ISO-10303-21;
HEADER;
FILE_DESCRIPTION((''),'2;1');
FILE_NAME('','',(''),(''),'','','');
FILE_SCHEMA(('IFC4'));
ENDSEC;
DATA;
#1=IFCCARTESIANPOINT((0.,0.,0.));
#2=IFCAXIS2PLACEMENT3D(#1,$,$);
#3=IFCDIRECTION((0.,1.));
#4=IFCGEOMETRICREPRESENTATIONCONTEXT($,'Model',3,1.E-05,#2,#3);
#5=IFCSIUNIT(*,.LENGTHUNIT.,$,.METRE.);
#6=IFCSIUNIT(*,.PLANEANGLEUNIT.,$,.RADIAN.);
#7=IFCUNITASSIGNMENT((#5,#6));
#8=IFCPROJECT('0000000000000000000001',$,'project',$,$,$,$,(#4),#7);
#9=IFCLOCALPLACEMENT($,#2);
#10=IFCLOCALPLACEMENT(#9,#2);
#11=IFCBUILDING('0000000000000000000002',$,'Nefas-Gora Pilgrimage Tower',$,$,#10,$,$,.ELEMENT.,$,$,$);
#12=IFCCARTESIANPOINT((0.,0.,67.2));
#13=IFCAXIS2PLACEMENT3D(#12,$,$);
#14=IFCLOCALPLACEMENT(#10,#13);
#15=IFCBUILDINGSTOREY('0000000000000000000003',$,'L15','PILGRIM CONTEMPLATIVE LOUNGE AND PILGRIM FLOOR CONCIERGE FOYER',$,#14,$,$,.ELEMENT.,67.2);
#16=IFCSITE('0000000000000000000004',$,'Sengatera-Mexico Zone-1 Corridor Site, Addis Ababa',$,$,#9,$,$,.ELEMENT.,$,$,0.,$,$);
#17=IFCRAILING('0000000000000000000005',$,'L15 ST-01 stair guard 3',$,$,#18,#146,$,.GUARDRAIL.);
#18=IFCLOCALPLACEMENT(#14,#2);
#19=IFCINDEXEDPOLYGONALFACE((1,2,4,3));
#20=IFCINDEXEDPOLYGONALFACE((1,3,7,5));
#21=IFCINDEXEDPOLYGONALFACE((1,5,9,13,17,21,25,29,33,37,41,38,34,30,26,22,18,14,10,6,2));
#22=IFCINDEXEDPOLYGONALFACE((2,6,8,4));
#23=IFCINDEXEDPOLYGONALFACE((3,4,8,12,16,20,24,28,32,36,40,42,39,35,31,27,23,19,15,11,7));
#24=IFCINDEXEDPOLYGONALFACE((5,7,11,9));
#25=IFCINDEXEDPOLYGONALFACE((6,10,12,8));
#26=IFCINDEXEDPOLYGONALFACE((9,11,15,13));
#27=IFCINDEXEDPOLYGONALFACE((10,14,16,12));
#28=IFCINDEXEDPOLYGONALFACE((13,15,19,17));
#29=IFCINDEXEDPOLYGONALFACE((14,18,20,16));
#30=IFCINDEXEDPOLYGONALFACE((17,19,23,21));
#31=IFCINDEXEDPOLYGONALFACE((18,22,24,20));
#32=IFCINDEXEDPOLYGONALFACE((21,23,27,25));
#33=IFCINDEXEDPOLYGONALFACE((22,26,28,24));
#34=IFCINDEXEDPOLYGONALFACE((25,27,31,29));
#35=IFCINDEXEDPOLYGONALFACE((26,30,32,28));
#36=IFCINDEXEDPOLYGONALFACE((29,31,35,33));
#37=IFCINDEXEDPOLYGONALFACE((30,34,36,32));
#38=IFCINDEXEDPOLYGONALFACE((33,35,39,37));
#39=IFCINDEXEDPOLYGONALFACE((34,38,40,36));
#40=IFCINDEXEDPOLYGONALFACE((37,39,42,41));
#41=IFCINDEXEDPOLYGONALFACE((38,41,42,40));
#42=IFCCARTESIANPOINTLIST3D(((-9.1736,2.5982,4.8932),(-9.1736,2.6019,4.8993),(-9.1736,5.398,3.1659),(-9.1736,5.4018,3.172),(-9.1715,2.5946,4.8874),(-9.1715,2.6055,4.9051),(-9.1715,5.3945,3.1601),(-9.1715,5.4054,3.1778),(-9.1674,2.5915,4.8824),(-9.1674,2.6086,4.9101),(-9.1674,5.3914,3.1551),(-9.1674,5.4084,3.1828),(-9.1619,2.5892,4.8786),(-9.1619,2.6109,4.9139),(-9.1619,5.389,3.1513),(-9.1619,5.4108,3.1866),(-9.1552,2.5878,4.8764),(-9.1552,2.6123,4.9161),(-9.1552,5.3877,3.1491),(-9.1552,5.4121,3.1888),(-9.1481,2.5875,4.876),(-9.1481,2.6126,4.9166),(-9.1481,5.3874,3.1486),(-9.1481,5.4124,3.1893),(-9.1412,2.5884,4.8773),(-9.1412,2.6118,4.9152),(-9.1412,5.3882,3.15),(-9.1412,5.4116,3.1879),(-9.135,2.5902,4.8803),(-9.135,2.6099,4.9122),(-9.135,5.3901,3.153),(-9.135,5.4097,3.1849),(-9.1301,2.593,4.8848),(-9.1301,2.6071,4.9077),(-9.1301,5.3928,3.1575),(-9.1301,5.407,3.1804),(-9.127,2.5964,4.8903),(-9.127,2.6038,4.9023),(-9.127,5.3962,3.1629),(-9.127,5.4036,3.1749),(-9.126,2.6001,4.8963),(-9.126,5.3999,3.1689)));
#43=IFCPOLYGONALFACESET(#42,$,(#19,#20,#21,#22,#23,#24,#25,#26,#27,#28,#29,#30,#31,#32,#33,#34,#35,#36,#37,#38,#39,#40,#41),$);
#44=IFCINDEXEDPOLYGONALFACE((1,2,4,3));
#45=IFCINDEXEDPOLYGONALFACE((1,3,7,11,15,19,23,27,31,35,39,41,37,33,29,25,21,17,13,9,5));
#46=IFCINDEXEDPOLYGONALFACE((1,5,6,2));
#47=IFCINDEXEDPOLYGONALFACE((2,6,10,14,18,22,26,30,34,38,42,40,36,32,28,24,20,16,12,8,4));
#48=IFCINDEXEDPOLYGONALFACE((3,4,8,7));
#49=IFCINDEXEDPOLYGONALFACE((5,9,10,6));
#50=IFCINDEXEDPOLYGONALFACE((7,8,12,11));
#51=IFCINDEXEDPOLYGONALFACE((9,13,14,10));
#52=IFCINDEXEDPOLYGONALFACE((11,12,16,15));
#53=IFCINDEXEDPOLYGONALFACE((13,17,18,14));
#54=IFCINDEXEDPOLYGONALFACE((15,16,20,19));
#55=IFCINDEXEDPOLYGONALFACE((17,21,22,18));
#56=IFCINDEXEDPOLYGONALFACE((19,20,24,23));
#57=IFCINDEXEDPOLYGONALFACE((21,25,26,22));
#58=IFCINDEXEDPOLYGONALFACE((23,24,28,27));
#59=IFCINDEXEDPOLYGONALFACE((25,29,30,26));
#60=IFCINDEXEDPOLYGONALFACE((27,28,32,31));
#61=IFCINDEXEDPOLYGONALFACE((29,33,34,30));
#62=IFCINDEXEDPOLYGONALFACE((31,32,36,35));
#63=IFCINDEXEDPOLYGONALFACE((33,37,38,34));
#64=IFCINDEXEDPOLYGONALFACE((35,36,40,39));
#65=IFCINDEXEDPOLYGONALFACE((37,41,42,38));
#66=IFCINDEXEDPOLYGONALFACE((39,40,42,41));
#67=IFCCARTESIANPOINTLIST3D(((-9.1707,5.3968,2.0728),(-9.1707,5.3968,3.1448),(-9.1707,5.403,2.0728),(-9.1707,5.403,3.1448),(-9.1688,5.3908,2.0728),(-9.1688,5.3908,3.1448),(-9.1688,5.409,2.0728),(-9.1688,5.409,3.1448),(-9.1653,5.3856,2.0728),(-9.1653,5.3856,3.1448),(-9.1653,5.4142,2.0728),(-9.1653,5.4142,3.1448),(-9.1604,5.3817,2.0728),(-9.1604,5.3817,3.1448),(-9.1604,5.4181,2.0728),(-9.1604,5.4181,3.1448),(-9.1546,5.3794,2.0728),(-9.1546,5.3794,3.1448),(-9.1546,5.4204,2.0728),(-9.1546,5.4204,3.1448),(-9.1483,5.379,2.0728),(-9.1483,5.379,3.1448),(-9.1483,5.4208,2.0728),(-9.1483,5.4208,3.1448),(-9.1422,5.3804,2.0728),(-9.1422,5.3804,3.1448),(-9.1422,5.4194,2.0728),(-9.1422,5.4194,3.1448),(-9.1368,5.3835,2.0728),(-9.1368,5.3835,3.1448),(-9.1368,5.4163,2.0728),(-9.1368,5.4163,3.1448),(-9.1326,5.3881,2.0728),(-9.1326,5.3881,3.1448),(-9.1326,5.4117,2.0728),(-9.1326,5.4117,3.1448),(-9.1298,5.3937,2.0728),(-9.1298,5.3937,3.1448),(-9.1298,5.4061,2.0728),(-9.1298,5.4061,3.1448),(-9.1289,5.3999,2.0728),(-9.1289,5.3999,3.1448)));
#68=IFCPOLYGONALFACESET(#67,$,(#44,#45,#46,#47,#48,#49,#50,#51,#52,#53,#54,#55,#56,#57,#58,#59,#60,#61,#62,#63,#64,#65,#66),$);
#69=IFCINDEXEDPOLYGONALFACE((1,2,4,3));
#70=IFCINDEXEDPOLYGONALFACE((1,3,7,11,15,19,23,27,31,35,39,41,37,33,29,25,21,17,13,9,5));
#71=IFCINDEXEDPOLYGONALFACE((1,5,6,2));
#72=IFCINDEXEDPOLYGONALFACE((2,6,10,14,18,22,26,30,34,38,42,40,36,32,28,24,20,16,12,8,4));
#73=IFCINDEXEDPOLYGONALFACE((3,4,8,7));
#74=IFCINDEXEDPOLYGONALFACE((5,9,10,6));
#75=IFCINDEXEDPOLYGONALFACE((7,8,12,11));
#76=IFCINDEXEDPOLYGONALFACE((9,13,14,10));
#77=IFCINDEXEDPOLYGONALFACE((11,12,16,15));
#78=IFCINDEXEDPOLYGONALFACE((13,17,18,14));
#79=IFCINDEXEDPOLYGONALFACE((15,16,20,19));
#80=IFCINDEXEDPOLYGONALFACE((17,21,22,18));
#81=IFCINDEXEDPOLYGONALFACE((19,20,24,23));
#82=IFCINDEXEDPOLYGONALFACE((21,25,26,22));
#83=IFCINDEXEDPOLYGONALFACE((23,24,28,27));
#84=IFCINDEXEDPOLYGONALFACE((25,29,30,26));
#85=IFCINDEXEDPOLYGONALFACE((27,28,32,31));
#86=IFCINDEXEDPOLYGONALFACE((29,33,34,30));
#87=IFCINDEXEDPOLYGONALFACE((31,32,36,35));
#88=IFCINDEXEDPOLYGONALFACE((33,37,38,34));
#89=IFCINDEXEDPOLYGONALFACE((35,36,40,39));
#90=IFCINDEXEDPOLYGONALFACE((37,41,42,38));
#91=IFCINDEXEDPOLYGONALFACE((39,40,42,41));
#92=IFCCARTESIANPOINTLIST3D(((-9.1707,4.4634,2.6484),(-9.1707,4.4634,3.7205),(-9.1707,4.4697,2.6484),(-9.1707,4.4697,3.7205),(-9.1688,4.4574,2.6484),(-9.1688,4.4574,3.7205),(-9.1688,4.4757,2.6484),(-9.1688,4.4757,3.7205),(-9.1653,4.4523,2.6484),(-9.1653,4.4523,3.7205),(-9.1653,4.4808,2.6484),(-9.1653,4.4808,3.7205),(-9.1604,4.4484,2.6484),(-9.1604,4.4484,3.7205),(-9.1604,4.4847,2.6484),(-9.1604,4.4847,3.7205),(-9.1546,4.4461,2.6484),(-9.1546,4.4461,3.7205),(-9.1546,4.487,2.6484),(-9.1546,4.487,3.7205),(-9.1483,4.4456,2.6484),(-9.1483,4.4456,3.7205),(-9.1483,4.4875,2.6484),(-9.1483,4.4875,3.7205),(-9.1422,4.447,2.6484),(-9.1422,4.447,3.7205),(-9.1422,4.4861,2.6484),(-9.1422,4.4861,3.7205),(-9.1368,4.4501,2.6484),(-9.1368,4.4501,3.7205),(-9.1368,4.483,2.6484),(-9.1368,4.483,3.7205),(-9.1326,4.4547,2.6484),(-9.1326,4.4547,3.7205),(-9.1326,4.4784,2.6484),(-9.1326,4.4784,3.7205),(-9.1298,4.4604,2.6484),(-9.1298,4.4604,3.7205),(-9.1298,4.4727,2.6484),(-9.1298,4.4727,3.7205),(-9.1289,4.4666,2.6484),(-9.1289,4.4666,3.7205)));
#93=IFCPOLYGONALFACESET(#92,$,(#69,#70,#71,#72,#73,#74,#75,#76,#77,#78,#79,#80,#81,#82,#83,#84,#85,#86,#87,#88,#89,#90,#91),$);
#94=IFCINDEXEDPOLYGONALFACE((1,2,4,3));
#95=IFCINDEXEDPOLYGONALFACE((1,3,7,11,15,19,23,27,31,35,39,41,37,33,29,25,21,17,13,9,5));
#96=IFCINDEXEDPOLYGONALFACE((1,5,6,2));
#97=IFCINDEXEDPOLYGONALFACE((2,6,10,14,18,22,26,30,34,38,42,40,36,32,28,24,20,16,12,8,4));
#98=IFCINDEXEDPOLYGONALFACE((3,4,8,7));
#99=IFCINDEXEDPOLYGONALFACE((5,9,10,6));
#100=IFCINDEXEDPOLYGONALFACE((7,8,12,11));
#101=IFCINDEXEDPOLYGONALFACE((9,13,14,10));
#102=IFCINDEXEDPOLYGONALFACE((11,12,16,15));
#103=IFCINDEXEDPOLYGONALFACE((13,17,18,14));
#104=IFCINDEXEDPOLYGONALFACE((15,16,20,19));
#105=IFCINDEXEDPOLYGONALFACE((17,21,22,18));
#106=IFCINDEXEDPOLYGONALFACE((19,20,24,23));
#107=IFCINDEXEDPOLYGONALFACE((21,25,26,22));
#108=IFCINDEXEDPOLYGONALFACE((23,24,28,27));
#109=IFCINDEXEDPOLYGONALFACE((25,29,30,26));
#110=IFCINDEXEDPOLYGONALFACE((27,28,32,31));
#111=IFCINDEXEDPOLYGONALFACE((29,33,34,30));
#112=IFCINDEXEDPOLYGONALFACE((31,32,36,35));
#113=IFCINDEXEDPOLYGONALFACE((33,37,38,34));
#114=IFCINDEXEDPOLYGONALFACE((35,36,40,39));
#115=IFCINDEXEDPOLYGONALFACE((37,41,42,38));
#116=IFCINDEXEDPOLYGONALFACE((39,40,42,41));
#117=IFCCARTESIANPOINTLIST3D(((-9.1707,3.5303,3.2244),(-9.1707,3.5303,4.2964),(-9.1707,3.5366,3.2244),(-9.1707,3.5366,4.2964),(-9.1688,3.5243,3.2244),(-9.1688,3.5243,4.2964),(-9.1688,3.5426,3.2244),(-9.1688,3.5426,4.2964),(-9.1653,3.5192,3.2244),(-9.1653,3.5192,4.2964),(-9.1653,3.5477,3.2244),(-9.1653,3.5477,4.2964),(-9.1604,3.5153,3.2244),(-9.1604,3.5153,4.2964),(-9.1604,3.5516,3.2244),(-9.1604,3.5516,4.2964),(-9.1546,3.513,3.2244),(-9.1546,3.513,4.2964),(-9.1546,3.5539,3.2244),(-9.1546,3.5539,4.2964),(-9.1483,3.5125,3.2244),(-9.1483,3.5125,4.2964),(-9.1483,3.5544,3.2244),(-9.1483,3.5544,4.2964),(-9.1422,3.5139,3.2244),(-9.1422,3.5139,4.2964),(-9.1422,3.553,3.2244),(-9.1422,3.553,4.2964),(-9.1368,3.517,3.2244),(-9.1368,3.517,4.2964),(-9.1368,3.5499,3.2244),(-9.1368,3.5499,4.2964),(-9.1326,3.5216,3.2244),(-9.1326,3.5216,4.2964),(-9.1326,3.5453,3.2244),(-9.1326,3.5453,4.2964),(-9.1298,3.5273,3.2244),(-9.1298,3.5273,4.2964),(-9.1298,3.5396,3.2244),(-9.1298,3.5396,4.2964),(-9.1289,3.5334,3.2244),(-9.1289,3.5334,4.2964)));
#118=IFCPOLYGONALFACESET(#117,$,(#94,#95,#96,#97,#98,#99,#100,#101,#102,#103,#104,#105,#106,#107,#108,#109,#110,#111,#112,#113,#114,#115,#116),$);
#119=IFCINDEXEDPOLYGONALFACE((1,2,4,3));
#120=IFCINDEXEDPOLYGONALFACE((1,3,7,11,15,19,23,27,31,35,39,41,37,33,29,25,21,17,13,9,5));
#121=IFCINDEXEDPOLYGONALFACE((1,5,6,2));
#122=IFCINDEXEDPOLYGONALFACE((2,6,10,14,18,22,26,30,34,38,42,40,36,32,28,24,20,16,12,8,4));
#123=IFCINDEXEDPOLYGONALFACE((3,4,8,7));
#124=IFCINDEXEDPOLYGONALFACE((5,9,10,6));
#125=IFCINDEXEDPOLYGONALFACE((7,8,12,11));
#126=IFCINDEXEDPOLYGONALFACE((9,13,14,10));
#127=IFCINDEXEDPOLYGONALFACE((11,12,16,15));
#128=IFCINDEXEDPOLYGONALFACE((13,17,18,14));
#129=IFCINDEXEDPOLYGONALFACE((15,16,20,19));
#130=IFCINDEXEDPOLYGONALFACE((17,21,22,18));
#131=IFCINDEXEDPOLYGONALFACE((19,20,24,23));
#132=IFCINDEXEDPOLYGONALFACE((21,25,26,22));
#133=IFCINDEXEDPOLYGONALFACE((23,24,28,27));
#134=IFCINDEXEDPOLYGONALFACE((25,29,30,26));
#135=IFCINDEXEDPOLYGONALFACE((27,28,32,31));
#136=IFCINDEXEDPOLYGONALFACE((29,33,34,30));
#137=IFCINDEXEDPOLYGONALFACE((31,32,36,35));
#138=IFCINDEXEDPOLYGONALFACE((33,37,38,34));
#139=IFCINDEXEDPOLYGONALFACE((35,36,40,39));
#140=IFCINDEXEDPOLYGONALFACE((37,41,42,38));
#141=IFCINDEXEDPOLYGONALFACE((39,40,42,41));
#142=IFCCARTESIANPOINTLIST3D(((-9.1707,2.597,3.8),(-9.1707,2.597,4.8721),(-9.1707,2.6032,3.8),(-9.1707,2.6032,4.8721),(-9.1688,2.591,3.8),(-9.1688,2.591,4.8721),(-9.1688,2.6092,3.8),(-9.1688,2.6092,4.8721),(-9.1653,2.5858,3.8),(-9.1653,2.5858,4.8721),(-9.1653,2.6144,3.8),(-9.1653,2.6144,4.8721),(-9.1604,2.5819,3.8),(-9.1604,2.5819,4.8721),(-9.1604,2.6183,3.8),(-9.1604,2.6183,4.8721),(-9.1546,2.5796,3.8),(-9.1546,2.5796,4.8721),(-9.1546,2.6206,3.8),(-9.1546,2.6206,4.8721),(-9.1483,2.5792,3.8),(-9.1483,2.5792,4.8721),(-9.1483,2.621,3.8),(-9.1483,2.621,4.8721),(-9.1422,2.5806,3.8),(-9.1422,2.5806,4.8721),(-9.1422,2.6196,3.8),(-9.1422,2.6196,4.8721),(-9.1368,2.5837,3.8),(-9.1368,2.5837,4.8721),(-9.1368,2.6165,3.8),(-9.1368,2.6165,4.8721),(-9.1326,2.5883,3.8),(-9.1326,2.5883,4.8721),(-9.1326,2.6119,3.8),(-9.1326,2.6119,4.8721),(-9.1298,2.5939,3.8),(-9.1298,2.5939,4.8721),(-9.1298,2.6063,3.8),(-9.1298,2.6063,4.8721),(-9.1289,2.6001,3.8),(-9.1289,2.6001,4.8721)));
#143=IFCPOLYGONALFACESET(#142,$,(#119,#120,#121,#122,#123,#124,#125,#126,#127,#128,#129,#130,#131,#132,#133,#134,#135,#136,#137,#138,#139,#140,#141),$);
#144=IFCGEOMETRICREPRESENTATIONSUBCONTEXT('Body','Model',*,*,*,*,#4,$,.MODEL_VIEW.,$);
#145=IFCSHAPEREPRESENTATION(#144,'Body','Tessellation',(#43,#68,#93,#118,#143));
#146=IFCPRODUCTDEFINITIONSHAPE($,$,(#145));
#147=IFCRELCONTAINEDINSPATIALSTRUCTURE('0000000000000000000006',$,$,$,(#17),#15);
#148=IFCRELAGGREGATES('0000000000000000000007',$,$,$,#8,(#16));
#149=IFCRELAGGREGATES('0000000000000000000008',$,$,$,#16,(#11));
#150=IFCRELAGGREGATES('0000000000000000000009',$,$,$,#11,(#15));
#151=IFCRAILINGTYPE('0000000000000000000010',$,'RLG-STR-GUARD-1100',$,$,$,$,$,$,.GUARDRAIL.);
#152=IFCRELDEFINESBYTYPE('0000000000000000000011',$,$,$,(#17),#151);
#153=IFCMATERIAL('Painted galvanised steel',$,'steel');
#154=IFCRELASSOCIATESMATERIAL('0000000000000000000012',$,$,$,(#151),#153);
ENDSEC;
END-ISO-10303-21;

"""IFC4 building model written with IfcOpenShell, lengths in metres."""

from ifc_helpers import new_model, si_unit, direction, frame, origin, origin_2d, place, context, subcontext, project, spatial, circle, extrude, material, type_object, element, save


model = new_model("IFC4")

# Units and contexts
model_context = context("Model", 3, precision=1e-05, world=origin(), true_north=direction((0.0, 1.0)))
body_context = subcontext(model_context, "Body", "Model", "MODEL_VIEW")
ifc_project = project(units=[si_unit("LENGTHUNIT", "METRE"), si_unit("PLANEANGLEUNIT", "RADIAN")], contexts=[model_context])

# Site, building, storey
site_placement = place(None, origin())
site = spatial("IfcSite", under=ifc_project, at=site_placement, Name="Sengatera-Mexico Zone-1 Corridor Site, Addis Ababa", CompositionType="ELEMENT", RefElevation=0.0)
building_placement = place(site_placement, origin())
building = spatial("IfcBuilding", under=site, at=building_placement, Name="Nefas-Gora Pilgrimage Tower", CompositionType="ELEMENT")
storey_placement = place(building_placement, frame((0.0, 0.0, 67.2)))
storey = spatial("IfcBuildingStorey", under=building, at=storey_placement, Name="L15", Description="PILGRIM CONTEMPLATIVE LOUNGE AND PILGRIM FLOOR CONCIERGE FOYER", CompositionType="ELEMENT", Elevation=67.2)

# Railing
ifc_material_1 = material(Name="Painted galvanised steel", Category="steel")
railing_type_1 = type_object("IfcRailingType", Name="RLG-STR-GUARD-1100", PredefinedType="GUARDRAIL", material=ifc_material_1)
railing_1_placement = place(storey_placement, frame((-9.1499, 5.3999, 2.0728)))
element("IfcRailing", 1, at=railing_1_placement, inside=storey, type_object=railing_type_1, Name="L15 ST-01 stair guard 3", PredefinedType="GUARDRAIL", context=body_context, shape_type="SweptSolid", body=[
    extrude(circle(Radius=0.0239, at=origin_2d()), frame((0.0, 0.0, 1.0962), z_axis=(0.0, -0.851069, 0.525054), x_axis=(1.0, 0.0, 0.0)), (0.0, 0.0, 1.0), 3.2898),
    extrude(circle(Radius=0.021, at=origin_2d()), origin(), (0.0, 0.0, 1.0), 1.072),
    extrude(circle(Radius=0.021, at=origin_2d()), frame((0.0, -0.9333, 0.5757)), (0.0, 0.0, 1.0), 1.072),
    extrude(circle(Radius=0.021, at=origin_2d()), frame((0.0, -1.8665, 1.1516)), (0.0, 0.0, 1.0), 1.072),
    extrude(circle(Radius=0.021, at=origin_2d()), frame((0.0, -2.7998, 1.7273)), (0.0, 0.0, 1.0), 1.072),
])

save(model, "model.ifc")
